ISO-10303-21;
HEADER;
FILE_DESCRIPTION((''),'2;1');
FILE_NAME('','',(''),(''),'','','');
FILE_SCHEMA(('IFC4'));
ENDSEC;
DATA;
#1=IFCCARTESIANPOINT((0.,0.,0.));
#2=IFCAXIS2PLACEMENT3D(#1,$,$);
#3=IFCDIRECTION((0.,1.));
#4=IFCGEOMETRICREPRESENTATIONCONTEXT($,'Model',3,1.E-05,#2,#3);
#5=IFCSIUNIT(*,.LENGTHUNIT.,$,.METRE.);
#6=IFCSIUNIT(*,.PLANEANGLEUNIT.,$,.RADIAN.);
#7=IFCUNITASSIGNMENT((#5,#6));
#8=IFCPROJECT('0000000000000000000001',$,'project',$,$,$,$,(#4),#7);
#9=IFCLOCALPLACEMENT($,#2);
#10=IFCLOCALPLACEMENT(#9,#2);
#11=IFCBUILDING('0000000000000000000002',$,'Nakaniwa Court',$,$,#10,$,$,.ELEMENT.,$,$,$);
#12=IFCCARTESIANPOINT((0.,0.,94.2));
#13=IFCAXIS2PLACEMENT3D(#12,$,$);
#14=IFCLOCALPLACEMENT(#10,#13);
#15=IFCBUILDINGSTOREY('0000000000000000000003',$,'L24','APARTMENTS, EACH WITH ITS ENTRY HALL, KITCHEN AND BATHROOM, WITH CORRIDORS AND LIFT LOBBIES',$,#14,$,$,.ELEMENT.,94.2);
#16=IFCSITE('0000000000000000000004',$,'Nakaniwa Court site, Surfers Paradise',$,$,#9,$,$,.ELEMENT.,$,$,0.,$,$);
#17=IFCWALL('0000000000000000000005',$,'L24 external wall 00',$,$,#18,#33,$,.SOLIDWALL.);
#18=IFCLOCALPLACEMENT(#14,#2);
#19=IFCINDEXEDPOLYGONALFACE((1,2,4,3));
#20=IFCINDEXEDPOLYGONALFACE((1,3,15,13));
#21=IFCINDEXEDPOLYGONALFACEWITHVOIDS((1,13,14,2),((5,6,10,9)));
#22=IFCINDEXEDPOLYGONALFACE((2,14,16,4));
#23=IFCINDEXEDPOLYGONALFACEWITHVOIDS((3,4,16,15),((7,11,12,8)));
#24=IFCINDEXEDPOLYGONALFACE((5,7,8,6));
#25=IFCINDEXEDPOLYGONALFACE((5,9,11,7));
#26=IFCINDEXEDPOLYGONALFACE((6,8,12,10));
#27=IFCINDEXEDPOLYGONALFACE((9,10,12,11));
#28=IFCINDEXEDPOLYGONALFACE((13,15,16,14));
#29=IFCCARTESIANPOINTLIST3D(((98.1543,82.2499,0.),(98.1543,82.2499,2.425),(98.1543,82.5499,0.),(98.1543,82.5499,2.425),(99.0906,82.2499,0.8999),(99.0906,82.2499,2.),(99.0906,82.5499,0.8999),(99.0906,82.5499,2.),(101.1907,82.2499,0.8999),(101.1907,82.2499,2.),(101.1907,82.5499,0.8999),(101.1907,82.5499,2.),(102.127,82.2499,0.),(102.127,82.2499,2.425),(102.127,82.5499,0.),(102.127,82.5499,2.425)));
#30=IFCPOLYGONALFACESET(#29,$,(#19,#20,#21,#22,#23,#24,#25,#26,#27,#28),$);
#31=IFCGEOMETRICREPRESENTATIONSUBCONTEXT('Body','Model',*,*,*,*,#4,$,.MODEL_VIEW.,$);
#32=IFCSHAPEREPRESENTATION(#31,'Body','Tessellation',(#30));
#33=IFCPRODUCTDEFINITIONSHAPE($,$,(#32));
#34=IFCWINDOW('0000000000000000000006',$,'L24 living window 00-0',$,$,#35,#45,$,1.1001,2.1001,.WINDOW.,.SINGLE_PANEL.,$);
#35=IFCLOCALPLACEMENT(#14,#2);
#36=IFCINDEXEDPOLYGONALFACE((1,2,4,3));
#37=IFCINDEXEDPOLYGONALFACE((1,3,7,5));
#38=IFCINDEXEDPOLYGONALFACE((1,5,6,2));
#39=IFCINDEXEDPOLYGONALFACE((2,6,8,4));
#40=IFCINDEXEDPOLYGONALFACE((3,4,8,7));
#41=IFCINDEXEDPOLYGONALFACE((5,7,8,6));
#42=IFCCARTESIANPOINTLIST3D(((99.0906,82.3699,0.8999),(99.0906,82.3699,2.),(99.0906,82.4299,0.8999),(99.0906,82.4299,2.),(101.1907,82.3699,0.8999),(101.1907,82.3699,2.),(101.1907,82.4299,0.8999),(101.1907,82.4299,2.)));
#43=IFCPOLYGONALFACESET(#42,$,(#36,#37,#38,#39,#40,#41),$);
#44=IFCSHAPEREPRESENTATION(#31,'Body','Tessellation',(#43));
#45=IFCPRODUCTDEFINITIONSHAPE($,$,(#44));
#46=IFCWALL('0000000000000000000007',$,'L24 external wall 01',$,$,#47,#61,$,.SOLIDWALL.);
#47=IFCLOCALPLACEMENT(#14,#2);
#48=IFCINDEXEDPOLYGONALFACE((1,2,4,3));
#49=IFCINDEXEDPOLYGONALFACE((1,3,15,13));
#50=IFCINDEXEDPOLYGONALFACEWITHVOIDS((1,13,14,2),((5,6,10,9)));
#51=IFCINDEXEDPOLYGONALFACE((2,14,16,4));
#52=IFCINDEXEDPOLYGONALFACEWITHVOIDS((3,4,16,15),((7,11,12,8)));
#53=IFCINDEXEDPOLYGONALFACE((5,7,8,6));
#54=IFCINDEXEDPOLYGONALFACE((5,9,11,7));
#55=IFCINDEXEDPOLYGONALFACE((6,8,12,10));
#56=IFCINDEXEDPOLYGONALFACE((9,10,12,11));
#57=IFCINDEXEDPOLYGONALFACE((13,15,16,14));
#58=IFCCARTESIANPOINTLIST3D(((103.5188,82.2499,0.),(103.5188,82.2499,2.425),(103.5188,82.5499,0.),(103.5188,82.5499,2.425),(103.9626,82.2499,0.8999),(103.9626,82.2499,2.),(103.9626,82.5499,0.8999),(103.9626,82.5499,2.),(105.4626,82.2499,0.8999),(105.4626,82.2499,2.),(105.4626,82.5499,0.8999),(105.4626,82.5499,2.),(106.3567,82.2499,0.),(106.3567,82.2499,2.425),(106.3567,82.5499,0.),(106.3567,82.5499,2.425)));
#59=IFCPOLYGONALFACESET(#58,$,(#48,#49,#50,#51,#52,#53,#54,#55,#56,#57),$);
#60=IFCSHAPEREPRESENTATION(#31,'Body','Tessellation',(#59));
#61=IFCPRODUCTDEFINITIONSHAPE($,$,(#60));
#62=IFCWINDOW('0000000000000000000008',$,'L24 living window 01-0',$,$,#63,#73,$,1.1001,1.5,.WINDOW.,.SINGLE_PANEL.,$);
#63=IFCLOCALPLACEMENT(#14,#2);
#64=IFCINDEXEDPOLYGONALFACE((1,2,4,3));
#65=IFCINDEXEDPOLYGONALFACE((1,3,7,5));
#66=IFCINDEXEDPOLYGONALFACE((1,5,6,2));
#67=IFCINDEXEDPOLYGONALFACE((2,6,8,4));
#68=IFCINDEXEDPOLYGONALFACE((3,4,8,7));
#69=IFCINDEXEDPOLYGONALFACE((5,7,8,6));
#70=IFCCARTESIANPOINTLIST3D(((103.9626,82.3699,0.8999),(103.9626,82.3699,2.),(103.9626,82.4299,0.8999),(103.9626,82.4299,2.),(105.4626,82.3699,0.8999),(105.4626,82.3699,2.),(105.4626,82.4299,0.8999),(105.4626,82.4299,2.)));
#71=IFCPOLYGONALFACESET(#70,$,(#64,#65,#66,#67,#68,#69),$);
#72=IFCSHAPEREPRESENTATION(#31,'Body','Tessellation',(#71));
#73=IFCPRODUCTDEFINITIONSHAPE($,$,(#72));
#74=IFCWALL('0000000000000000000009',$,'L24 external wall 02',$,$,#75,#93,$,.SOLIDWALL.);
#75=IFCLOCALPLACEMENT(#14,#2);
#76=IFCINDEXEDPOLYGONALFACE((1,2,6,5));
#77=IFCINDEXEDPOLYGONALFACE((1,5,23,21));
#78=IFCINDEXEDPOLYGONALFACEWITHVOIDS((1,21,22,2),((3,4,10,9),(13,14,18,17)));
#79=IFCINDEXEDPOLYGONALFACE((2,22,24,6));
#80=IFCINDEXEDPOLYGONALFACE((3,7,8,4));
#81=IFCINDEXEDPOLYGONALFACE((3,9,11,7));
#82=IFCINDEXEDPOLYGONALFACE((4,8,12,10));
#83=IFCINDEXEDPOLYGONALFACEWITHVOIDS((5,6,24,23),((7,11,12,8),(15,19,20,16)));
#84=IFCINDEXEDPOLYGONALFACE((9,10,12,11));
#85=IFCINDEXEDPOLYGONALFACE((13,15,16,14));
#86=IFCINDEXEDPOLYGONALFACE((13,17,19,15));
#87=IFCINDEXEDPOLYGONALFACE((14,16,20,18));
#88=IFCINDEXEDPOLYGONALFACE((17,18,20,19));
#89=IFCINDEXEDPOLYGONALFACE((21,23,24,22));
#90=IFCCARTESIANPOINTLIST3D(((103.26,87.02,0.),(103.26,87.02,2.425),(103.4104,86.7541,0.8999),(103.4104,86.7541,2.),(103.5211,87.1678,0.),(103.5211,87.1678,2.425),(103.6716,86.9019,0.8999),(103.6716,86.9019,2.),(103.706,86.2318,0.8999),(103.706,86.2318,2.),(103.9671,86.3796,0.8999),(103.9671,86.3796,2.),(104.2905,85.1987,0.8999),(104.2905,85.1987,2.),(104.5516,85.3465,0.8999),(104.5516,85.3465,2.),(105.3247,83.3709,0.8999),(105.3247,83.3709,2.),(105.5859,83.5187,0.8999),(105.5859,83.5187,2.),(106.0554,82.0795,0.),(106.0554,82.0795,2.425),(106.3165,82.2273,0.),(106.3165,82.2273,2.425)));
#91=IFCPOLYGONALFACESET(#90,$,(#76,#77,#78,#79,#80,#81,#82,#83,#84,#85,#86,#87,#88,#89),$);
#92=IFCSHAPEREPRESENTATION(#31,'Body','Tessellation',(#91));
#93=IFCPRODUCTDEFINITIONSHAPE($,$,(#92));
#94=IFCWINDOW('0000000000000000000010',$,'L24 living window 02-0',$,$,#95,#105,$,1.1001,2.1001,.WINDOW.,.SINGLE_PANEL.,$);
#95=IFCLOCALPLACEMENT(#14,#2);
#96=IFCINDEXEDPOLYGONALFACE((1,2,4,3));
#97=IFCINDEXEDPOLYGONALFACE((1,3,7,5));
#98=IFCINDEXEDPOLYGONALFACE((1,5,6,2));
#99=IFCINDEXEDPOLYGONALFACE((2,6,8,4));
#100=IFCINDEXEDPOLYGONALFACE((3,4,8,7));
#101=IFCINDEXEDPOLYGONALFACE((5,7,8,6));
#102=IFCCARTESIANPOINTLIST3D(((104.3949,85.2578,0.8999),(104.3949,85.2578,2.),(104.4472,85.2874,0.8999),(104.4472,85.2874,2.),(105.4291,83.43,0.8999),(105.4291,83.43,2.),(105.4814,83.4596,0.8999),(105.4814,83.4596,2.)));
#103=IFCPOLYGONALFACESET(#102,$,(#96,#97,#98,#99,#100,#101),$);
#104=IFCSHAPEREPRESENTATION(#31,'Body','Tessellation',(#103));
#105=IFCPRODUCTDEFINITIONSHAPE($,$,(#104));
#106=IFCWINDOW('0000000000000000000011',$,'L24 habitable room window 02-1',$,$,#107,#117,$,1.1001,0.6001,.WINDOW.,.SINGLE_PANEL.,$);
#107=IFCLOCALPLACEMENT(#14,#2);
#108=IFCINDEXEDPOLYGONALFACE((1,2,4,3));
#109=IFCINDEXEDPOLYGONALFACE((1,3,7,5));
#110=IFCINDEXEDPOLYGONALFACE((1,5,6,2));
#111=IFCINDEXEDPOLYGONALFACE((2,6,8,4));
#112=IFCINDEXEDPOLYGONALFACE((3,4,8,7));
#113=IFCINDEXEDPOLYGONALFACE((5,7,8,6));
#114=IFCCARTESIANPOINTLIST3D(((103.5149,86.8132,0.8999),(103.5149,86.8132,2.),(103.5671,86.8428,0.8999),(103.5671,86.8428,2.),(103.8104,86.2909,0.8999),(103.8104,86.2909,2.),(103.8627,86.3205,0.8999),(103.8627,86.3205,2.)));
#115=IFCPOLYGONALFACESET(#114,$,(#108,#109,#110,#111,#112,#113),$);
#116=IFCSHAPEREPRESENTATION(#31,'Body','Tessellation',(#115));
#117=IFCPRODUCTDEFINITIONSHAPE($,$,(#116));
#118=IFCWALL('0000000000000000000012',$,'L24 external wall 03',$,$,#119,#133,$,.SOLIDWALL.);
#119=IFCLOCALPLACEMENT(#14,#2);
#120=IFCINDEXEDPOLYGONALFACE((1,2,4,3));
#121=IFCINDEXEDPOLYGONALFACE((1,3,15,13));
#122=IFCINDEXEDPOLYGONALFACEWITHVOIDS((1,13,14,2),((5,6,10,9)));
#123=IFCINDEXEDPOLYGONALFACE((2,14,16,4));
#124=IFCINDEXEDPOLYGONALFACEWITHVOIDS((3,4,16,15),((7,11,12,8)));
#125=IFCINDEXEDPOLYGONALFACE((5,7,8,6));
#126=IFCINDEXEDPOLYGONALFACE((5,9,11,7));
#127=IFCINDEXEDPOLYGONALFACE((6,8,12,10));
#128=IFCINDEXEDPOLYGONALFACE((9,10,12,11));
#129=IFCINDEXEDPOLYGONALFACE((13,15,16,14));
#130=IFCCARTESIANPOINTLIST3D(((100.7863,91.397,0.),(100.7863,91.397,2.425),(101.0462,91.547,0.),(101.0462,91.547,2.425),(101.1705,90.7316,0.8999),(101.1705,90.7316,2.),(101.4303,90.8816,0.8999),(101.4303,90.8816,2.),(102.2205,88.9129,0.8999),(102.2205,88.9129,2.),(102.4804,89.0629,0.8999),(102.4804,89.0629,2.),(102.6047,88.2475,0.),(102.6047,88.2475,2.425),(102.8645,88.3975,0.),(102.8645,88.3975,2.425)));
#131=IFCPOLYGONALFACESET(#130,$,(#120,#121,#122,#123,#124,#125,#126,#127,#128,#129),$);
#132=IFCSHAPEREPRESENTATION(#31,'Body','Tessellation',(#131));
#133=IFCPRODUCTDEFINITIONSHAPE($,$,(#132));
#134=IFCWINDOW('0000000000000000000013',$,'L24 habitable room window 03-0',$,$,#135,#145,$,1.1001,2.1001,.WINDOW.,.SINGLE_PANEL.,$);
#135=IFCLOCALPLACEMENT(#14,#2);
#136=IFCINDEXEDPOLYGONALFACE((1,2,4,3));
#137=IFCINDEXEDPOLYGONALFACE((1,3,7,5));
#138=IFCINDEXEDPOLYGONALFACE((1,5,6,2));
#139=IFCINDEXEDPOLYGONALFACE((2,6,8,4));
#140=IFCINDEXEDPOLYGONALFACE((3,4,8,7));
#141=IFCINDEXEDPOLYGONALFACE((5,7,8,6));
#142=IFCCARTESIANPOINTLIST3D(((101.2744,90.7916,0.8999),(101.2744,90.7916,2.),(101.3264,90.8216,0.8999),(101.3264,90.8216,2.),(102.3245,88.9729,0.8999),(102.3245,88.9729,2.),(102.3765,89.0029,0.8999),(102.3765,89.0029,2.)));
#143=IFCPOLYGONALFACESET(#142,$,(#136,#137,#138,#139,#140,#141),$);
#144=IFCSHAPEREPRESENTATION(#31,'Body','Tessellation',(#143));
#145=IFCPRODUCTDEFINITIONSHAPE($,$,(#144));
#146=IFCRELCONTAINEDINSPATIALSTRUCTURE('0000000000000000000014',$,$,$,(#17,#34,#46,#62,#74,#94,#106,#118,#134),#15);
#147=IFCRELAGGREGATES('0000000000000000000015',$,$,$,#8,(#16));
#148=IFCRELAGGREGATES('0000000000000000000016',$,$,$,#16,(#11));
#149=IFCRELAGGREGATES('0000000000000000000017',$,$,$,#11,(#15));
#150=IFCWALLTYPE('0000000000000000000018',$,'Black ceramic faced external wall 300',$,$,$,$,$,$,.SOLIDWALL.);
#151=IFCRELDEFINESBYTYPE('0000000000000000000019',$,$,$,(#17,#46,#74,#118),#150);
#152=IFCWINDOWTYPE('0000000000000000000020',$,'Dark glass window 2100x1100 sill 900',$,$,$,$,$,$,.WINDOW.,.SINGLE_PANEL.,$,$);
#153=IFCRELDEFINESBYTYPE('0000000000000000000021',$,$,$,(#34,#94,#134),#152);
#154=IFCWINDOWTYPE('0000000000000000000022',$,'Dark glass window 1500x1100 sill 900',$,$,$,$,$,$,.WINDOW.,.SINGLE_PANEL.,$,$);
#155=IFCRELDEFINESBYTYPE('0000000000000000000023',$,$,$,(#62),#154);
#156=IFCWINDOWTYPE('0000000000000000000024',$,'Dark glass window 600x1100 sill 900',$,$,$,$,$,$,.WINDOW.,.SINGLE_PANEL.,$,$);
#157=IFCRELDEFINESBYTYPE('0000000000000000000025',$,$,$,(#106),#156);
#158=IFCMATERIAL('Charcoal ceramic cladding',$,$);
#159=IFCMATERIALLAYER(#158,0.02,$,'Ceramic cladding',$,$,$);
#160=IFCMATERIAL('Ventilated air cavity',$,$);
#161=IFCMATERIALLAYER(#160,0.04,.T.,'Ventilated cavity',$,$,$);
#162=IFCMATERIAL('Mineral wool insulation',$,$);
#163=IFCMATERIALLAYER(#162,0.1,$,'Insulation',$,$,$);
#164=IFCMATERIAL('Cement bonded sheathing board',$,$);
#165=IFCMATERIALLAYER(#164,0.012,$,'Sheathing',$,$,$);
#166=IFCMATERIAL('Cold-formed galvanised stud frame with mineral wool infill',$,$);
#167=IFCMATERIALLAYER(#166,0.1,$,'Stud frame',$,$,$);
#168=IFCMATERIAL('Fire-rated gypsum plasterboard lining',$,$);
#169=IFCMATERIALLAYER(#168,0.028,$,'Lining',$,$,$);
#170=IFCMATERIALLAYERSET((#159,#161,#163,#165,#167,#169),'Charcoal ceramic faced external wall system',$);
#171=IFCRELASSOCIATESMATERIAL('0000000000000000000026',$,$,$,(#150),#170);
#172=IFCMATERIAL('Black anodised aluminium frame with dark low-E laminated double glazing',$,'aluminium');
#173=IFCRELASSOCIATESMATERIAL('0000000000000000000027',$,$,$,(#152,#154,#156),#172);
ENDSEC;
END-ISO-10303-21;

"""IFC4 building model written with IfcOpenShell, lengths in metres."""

from ifc_helpers import new_model, si_unit, direction, frame, frame_2d, origin, place, context, subcontext, project, spatial, rectangle, extrude, material, layer, layer_set, type_object, element, fill, save


model = new_model("IFC4")

# Units and contexts
model_context = context("Model", 3, precision=1e-05, world=origin(), true_north=direction((0.0, 1.0)))
body_context = subcontext(model_context, "Body", "Model", "MODEL_VIEW")
ifc_project = project(units=[si_unit("LENGTHUNIT", "METRE"), si_unit("PLANEANGLEUNIT", "RADIAN")], contexts=[model_context])

# Site, building, storey
site_placement = place(None, origin())
site = spatial("IfcSite", under=ifc_project, at=site_placement, Name="Nakaniwa Court site, Surfers Paradise", CompositionType="ELEMENT", RefElevation=0.0)
building_placement = place(site_placement, origin())
building = spatial("IfcBuilding", under=site, at=building_placement, Name="Nakaniwa Court", CompositionType="ELEMENT")
storey_placement = place(building_placement, frame((0.0, 0.0, 94.2)))
storey = spatial("IfcBuildingStorey", under=building, at=storey_placement, Name="L24", Description="APARTMENTS, EACH WITH ITS ENTRY HALL, KITCHEN AND BATHROOM, WITH CORRIDORS AND LIFT LOBBIES", CompositionType="ELEMENT", Elevation=94.2)

# Walls, openings, windows
ifc_material_1 = material(Name="Charcoal ceramic cladding")
ifc_layer_1 = layer(ifc_material_1, 0.02, Name="Ceramic cladding")
ifc_material_2 = material(Name="Ventilated air cavity")
ifc_layer_2 = layer(ifc_material_2, 0.04, ventilated=True, Name="Ventilated cavity")
ifc_material_3 = material(Name="Mineral wool insulation")
ifc_layer_3 = layer(ifc_material_3, 0.1, Name="Insulation")
ifc_material_4 = material(Name="Cement bonded sheathing board")
ifc_layer_4 = layer(ifc_material_4, 0.012, Name="Sheathing")
ifc_material_5 = material(Name="Cold-formed galvanised stud frame with mineral wool infill")
ifc_layer_5 = layer(ifc_material_5, 0.1, Name="Stud frame")
ifc_material_6 = material(Name="Fire-rated gypsum plasterboard lining")
ifc_layer_6 = layer(ifc_material_6, 0.028, Name="Lining")
ifc_layer_set_1 = layer_set([ifc_layer_1, ifc_layer_2, ifc_layer_3, ifc_layer_4, ifc_layer_5, ifc_layer_6], Name="Charcoal ceramic faced external wall system")
wall_type_1 = type_object("IfcWallType", Name="Black ceramic faced external wall 300", PredefinedType="SOLIDWALL", material=ifc_layer_set_1)
wall_1_placement = place(storey_placement, frame((98.1543, 82.3999, 0.0), z_axis=(0.0, 0.0, 1.0), x_axis=(1.0, 0.0, 0.0)))
wall_1 = element("IfcWall", 1, at=wall_1_placement, inside=storey, type_object=wall_type_1, Name="L24 external wall 00", PredefinedType="SOLIDWALL", context=body_context, shape_type="SweptSolid", body=[
    extrude(rectangle(XDim=3.9727, YDim=0.3, at=frame_2d((1.9863, 0.0))), origin(), (0.0, 0.0, 1.0), 2.425),
])
opening_1_placement = place(wall_1_placement, frame((0.9363, 0.0, 0.8999)))
opening_1 = element("IfcOpeningElement", 2, at=opening_1_placement, cuts=wall_1, PredefinedType="OPENING", context=body_context, shape_type="SweptSolid", body=[
    extrude(rectangle(XDim=2.1001, YDim=1.1001, at=frame_2d((1.05, 0.55))), frame((0.0, 0.1599, 0.0), z_axis=(0.0, -1.0, 0.0), x_axis=(1.0, 0.0, 0.0)), (0.0, 0.0, 1.0), 0.3201),
])
ifc_material_7 = material(Name="Black anodised aluminium frame with dark low-E laminated double glazing", Category="aluminium")
window_type_1 = type_object("IfcWindowType", Name="Dark glass window 2100x1100 sill 900", PartitioningType="SINGLE_PANEL", PredefinedType="WINDOW", material=ifc_material_7)
window_1_placement = place(opening_1_placement, origin())
window_1 = element("IfcWindow", 3, at=window_1_placement, inside=storey, type_object=window_type_1, Name="L24 living window 00-0", OverallHeight=1.1001, OverallWidth=2.1001, PartitioningType="SINGLE_PANEL", PredefinedType="WINDOW", context=body_context, shape_type="SweptSolid", body=[
    extrude(rectangle(XDim=2.1001, YDim=1.1001, at=frame_2d((1.05, 0.55))), frame((0.0, 0.03, 0.0), z_axis=(0.0, -1.0, 0.0), x_axis=(1.0, 0.0, 0.0)), (0.0, 0.0, 1.0), 0.0601),
])
fill(opening_1, window_1)
wall_2_placement = place(storey_placement, frame((103.5188, 82.3999, 0.0), z_axis=(0.0, 0.0, 1.0), x_axis=(1.0, 0.0, 0.0)))
wall_2 = element("IfcWall", 4, at=wall_2_placement, inside=storey, type_object=wall_type_1, Name="L24 external wall 01", PredefinedType="SOLIDWALL", context=body_context, shape_type="SweptSolid", body=[
    extrude(rectangle(XDim=2.8379, YDim=0.3, at=frame_2d((1.4189, 0.0))), origin(), (0.0, 0.0, 1.0), 2.425),
])
opening_2_placement = place(wall_2_placement, frame((0.4438, 0.0, 0.8999)))
opening_2 = element("IfcOpeningElement", 5, at=opening_2_placement, cuts=wall_2, PredefinedType="OPENING", context=body_context, shape_type="SweptSolid", body=[
    extrude(rectangle(XDim=1.5, YDim=1.1001, at=frame_2d((0.75, 0.55))), frame((0.0, 0.1599, 0.0), z_axis=(0.0, -1.0, 0.0), x_axis=(1.0, 0.0, 0.0)), (0.0, 0.0, 1.0), 0.3201),
])
window_type_2 = type_object("IfcWindowType", Name="Dark glass window 1500x1100 sill 900", PartitioningType="SINGLE_PANEL", PredefinedType="WINDOW", material=ifc_material_7)
window_2_placement = place(opening_2_placement, origin())
window_2 = element("IfcWindow", 6, at=window_2_placement, inside=storey, type_object=window_type_2, Name="L24 living window 01-0", OverallHeight=1.1001, OverallWidth=1.5, PartitioningType="SINGLE_PANEL", PredefinedType="WINDOW", context=body_context, shape_type="SweptSolid", body=[
    extrude(rectangle(XDim=1.5, YDim=1.1001, at=frame_2d((0.75, 0.55))), frame((0.0, 0.03, 0.0), z_axis=(0.0, -1.0, 0.0), x_axis=(1.0, 0.0, 0.0)), (0.0, 0.0, 1.0), 0.0601),
])
fill(opening_2, window_2)

# Wall, openings, windows
wall_3_placement = place(storey_placement, frame((106.186, 82.1533, 0.0), z_axis=(0.0, 0.0, 1.0), x_axis=(-0.492457, 0.870337, 0.0)))
wall_3 = element("IfcWall", 7, at=wall_3_placement, inside=storey, type_object=wall_type_1, Name="L24 external wall 02", PredefinedType="SOLIDWALL", context=body_context, shape_type="SweptSolid", body=[
    extrude(rectangle(XDim=5.6765, YDim=0.3, at=frame_2d((2.8384, 0.0))), origin(), (0.0, 0.0, 1.0), 2.425),
])
opening_3_placement = place(wall_3_placement, frame((1.4839, 0.0, 0.8999)))
opening_3 = element("IfcOpeningElement", 8, at=opening_3_placement, cuts=wall_3, PredefinedType="OPENING", context=body_context, shape_type="SweptSolid", body=[
    extrude(rectangle(XDim=2.1001, YDim=1.1001, at=frame_2d((1.05, 0.55))), frame((0.0, 0.1599, 0.0), z_axis=(0.0, -1.0, 0.0), x_axis=(1.0, 0.0, 0.0)), (0.0, 0.0, 1.0), 0.3201),
])
opening_4_placement = place(wall_3_placement, frame((4.771, 0.0, 0.8999)))
opening_4 = element("IfcOpeningElement", 9, at=opening_4_placement, cuts=wall_3, PredefinedType="OPENING", context=body_context, shape_type="SweptSolid", body=[
    extrude(rectangle(XDim=0.6001, YDim=1.1001, at=frame_2d((0.3, 0.55))), frame((0.0, 0.1599, 0.0), z_axis=(0.0, -1.0, 0.0), x_axis=(1.0, 0.0, 0.0)), (0.0, 0.0, 1.0), 0.3201),
])
window_3_placement = place(opening_3_placement, origin())
window_3 = element("IfcWindow", 10, at=window_3_placement, inside=storey, type_object=window_type_1, Name="L24 living window 02-0", OverallHeight=1.1001, OverallWidth=2.1001, PartitioningType="SINGLE_PANEL", PredefinedType="WINDOW", context=body_context, shape_type="SweptSolid", body=[
    extrude(rectangle(XDim=2.1001, YDim=1.1001, at=frame_2d((1.05, 0.55))), frame((0.0, 0.03, 0.0), z_axis=(0.0, -1.0, 0.0), x_axis=(1.0, 0.0, 0.0)), (0.0, 0.0, 1.0), 0.0601),
])
fill(opening_3, window_3)
window_type_3 = type_object("IfcWindowType", Name="Dark glass window 600x1100 sill 900", PartitioningType="SINGLE_PANEL", PredefinedType="WINDOW", material=ifc_material_7)
window_4_placement = place(opening_4_placement, origin())
window_4 = element("IfcWindow", 11, at=window_4_placement, inside=storey, type_object=window_type_3, Name="L24 habitable room window 02-1", OverallHeight=1.1001, OverallWidth=0.6001, PartitioningType="SINGLE_PANEL", PredefinedType="WINDOW", context=body_context, shape_type="SweptSolid", body=[
    extrude(rectangle(XDim=0.6001, YDim=1.1001, at=frame_2d((0.3, 0.55))), frame((0.0, 0.03, 0.0), z_axis=(0.0, -1.0, 0.0), x_axis=(1.0, 0.0, 0.0)), (0.0, 0.0, 1.0), 0.0601),
])
fill(opening_4, window_4)

# Wall, opening, window
wall_4_placement = place(storey_placement, frame((102.7346, 88.3225, 0.0), z_axis=(0.0, 0.0, 1.0), x_axis=(-0.500009, 0.86602, 0.0)))
wall_4 = element("IfcWall", 12, at=wall_4_placement, inside=storey, type_object=wall_type_1, Name="L24 external wall 03", PredefinedType="SOLIDWALL", context=body_context, shape_type="SweptSolid", body=[
    extrude(rectangle(XDim=3.6367, YDim=0.3, at=frame_2d((1.8184, 0.0))), origin(), (0.0, 0.0, 1.0), 2.425),
])
opening_5_placement = place(wall_4_placement, frame((0.7683, 0.0, 0.8999)))
opening_5 = element("IfcOpeningElement", 13, at=opening_5_placement, cuts=wall_4, PredefinedType="OPENING", context=body_context, shape_type="SweptSolid", body=[
    extrude(rectangle(XDim=2.1001, YDim=1.1001, at=frame_2d((1.05, 0.55))), frame((0.0, 0.1599, 0.0), z_axis=(0.0, -1.0, 0.0), x_axis=(1.0, 0.0, 0.0)), (0.0, 0.0, 1.0), 0.3201),
])
window_5_placement = place(opening_5_placement, origin())
window_5 = element("IfcWindow", 14, at=window_5_placement, inside=storey, type_object=window_type_1, Name="L24 habitable room window 03-0", OverallHeight=1.1001, OverallWidth=2.1001, PartitioningType="SINGLE_PANEL", PredefinedType="WINDOW", context=body_context, shape_type="SweptSolid", body=[
    extrude(rectangle(XDim=2.1001, YDim=1.1001, at=frame_2d((1.05, 0.55))), frame((0.0, 0.03, 0.0), z_axis=(0.0, -1.0, 0.0), x_axis=(1.0, 0.0, 0.0)), (0.0, 0.0, 1.0), 0.0601),
])
fill(opening_5, window_5)

save(model, "model.ifc")
